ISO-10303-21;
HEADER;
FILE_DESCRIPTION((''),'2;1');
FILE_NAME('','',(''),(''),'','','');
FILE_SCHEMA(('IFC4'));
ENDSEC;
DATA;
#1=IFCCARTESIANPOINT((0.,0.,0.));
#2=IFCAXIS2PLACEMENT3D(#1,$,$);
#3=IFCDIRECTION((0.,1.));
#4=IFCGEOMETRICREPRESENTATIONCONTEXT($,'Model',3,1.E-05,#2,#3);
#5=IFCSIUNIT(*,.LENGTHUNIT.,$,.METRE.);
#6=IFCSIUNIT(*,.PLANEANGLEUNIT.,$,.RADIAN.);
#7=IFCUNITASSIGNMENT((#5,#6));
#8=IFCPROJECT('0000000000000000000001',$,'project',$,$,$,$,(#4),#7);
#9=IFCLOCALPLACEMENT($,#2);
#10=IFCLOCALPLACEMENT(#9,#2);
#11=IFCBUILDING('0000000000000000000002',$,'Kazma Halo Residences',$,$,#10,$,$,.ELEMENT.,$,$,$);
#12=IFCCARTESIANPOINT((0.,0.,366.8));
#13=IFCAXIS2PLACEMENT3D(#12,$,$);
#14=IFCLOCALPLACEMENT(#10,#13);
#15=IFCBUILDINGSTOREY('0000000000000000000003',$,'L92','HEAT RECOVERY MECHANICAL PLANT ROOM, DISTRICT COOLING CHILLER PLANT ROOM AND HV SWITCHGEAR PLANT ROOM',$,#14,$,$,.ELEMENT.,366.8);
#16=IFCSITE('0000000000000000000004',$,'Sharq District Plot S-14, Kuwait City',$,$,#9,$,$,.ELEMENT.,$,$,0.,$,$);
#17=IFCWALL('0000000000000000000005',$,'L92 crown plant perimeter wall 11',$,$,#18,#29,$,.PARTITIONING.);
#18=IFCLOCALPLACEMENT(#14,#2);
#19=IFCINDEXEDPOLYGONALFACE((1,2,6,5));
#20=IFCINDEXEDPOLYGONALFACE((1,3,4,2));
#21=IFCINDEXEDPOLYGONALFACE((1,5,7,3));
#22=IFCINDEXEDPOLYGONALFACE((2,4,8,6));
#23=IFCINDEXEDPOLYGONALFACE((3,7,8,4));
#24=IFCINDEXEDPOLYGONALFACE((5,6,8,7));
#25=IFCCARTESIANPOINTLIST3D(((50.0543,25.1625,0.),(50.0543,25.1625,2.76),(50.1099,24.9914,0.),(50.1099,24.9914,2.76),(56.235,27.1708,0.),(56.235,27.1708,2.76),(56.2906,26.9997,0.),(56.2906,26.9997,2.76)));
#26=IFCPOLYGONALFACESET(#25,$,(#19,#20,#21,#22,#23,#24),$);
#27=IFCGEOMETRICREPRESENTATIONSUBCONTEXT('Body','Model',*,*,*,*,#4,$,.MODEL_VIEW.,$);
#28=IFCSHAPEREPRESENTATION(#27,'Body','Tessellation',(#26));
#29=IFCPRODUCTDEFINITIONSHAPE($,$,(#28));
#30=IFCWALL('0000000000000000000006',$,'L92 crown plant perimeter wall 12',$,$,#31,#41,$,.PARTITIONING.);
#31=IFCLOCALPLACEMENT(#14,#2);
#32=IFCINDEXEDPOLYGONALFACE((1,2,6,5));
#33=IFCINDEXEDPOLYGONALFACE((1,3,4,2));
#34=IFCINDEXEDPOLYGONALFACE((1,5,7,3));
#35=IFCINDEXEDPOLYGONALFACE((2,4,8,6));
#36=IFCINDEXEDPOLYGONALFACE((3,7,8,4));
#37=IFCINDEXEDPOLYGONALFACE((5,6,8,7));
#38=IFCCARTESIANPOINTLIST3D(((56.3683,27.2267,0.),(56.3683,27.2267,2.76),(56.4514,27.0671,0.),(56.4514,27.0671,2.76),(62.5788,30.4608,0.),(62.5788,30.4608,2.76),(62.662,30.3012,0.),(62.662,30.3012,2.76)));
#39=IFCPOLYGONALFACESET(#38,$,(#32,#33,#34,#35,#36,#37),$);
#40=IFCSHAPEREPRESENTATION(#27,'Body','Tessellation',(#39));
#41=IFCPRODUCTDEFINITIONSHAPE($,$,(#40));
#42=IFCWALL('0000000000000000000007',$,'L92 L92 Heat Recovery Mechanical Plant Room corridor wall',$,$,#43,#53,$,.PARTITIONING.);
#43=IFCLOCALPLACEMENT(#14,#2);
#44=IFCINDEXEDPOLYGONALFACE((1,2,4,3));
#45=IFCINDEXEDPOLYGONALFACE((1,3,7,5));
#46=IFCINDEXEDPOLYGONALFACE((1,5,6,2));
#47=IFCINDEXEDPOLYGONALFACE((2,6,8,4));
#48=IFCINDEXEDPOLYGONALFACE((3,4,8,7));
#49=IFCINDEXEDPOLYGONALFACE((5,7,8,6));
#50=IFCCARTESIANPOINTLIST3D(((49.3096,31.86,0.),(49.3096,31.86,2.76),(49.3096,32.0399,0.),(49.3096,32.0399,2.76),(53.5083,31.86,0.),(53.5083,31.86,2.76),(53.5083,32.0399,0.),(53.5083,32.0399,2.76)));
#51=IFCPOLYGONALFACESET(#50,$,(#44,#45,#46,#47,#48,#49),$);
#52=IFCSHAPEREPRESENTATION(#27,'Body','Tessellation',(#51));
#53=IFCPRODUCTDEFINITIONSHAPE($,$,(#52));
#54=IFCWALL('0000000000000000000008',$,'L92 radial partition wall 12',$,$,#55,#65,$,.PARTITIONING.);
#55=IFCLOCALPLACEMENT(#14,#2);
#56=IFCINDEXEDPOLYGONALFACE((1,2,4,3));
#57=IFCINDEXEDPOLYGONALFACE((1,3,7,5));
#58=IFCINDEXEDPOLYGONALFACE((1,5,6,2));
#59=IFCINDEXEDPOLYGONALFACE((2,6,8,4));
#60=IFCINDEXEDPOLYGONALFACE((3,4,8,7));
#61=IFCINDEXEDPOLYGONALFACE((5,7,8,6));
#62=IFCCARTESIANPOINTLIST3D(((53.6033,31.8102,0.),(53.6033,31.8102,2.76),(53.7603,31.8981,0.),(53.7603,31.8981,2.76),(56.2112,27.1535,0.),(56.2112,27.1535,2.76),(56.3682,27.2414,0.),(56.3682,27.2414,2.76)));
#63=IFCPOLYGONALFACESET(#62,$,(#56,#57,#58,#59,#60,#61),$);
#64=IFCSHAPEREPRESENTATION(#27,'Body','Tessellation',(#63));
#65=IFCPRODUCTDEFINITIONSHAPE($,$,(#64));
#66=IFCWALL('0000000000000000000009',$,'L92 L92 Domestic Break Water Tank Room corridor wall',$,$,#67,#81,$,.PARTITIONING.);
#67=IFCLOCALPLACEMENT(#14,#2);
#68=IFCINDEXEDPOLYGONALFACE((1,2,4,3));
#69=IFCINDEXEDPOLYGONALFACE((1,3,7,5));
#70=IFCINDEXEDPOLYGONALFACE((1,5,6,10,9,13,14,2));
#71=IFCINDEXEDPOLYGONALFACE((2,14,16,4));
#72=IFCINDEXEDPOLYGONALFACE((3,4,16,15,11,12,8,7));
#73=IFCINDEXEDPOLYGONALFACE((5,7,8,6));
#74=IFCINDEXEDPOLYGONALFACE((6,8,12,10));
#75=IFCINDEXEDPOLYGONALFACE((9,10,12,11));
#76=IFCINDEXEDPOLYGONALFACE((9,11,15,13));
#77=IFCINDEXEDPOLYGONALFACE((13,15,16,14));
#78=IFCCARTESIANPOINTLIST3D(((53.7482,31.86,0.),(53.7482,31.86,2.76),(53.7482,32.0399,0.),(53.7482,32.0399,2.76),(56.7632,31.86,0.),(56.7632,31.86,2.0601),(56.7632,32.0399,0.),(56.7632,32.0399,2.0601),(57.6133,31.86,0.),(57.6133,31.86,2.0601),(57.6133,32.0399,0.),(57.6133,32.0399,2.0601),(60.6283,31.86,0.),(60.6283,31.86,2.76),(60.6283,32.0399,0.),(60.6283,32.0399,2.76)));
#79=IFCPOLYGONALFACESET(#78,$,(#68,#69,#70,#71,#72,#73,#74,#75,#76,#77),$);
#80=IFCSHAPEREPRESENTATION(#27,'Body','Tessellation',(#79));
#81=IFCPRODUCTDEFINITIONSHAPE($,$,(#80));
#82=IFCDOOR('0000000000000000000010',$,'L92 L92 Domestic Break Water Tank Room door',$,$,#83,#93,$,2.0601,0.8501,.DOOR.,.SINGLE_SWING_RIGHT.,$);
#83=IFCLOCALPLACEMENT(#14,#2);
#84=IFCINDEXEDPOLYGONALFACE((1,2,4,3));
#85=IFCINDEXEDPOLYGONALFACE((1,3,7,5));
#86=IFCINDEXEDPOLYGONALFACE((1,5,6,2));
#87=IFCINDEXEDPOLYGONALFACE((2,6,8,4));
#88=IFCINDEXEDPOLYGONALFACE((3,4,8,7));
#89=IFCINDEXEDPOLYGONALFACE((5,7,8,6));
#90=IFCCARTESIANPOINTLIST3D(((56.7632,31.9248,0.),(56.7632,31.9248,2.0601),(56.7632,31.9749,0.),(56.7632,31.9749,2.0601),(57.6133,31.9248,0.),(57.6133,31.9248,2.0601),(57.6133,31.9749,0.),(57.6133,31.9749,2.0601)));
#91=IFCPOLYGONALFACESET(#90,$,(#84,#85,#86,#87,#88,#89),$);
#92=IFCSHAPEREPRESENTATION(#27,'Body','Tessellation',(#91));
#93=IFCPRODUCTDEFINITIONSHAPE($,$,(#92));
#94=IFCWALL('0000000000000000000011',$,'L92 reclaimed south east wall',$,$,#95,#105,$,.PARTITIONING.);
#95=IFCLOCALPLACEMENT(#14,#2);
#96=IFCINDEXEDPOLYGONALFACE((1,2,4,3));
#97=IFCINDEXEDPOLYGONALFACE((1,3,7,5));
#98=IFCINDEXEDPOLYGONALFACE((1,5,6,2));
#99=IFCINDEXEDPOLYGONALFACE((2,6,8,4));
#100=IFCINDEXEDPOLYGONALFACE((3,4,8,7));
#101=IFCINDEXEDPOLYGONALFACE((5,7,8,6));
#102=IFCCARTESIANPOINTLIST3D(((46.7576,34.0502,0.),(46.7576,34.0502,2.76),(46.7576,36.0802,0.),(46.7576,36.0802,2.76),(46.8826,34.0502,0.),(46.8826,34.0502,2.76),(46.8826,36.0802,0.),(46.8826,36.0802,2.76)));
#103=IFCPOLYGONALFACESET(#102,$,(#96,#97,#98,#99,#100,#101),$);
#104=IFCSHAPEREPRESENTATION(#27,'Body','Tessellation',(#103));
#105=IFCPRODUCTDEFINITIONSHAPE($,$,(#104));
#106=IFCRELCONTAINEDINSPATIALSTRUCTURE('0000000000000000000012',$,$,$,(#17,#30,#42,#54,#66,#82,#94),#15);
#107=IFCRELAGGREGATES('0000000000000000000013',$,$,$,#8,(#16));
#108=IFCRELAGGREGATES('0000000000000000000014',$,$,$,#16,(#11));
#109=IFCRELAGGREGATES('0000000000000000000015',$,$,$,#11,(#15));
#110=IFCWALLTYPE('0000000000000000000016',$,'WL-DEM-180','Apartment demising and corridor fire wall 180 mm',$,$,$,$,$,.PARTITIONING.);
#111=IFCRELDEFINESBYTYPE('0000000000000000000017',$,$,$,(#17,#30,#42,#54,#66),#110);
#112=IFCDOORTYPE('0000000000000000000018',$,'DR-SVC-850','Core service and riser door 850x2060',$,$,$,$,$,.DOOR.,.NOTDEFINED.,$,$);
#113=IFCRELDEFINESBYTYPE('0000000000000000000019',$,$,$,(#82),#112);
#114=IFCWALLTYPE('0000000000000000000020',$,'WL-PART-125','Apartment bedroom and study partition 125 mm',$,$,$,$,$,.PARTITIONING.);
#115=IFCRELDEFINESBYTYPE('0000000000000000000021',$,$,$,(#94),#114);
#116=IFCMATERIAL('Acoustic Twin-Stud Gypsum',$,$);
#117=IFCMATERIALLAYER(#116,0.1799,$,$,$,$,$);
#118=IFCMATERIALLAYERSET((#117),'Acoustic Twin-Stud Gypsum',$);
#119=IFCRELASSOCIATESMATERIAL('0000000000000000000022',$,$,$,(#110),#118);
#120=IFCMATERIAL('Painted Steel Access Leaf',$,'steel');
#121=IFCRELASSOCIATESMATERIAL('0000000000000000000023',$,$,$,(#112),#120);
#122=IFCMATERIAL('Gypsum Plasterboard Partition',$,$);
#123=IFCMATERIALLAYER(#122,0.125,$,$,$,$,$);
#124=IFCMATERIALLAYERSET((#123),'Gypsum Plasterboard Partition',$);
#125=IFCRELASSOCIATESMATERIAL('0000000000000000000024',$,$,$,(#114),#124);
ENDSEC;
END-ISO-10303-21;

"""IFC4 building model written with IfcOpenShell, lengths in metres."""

from ifc_helpers import new_model, si_unit, direction, frame, frame_2d, origin, place, context, subcontext, project, spatial, rectangle, extrude, material, layer, layer_set, type_object, element, fill, save


model = new_model("IFC4")

# Units and contexts
model_context = context("Model", 3, precision=1e-05, world=origin(), true_north=direction((0.0, 1.0)))
body_context = subcontext(model_context, "Body", "Model", "MODEL_VIEW")
ifc_project = project(units=[si_unit("LENGTHUNIT", "METRE"), si_unit("PLANEANGLEUNIT", "RADIAN")], contexts=[model_context])

# Site, building, storey
site_placement = place(None, origin())
site = spatial("IfcSite", under=ifc_project, at=site_placement, Name="Sharq District Plot S-14, Kuwait City", CompositionType="ELEMENT", RefElevation=0.0)
building_placement = place(site_placement, origin())
building = spatial("IfcBuilding", under=site, at=building_placement, Name="Kazma Halo Residences", CompositionType="ELEMENT")
storey_placement = place(building_placement, frame((0.0, 0.0, 366.8)))
storey = spatial("IfcBuildingStorey", under=building, at=storey_placement, Name="L92", Description="HEAT RECOVERY MECHANICAL PLANT ROOM, DISTRICT COOLING CHILLER PLANT ROOM AND HV SWITCHGEAR PLANT ROOM", CompositionType="ELEMENT", Elevation=366.8)

# Walls
ifc_material_1 = material(Name="Acoustic Twin-Stud Gypsum")
ifc_layer_1 = layer(ifc_material_1, 0.1799)
ifc_layer_set_1 = layer_set([ifc_layer_1], Name="Acoustic Twin-Stud Gypsum")
wall_type_1 = type_object("IfcWallType", Name="WL-DEM-180", Description="Apartment demising and corridor fire wall 180 mm", PredefinedType="PARTITIONING", material=ifc_layer_set_1)
wall_1_placement = place(storey_placement, frame((50.082, 25.0769, 0.0), z_axis=(0.0, 0.0, 1.0), x_axis=(0.951053, 0.309028, 0.0)))
element("IfcWall", 1, at=wall_1_placement, inside=storey, type_object=wall_type_1, Name="L92 crown plant perimeter wall 11", PredefinedType="PARTITIONING", context=body_context, shape_type="SweptSolid", body=[
    extrude(rectangle(XDim=6.4988, YDim=0.1799, at=frame_2d((3.2495, 0.0))), origin(), (0.0, 0.0, 1.0), 2.76),
])
wall_2_placement = place(storey_placement, frame((56.4099, 27.147, 0.0), z_axis=(0.0, 0.0, 1.0), x_axis=(0.886949, 0.461866, 0.0)))
element("IfcWall", 2, at=wall_2_placement, inside=storey, type_object=wall_type_1, Name="L92 crown plant perimeter wall 12", PredefinedType="PARTITIONING", context=body_context, shape_type="SweptSolid", body=[
    extrude(rectangle(XDim=7.0022, YDim=0.1799, at=frame_2d((3.501, 0.0))), origin(), (0.0, 0.0, 1.0), 2.76),
])
wall_3_placement = place(storey_placement, frame((49.3096, 31.95, 0.0), z_axis=(0.0, 0.0, 1.0), x_axis=(1.0, 0.0, 0.0)))
element("IfcWall", 3, at=wall_3_placement, inside=storey, type_object=wall_type_1, Name="L92 L92 Heat Recovery Mechanical Plant Room corridor wall", PredefinedType="PARTITIONING", context=body_context, shape_type="SweptSolid", body=[
    extrude(rectangle(XDim=4.1987, YDim=0.1799, at=frame_2d((2.0994, 0.0))), origin(), (0.0, 0.0, 1.0), 2.76),
])
wall_4_placement = place(storey_placement, frame((53.6819, 31.854, 0.0), z_axis=(0.0, 0.0, 1.0), x_axis=(0.488623, -0.872495, 0.0)))
element("IfcWall", 4, at=wall_4_placement, inside=storey, type_object=wall_type_1, Name="L92 radial partition wall 12", PredefinedType="PARTITIONING", context=body_context, shape_type="SweptSolid", body=[
    extrude(rectangle(XDim=5.3372, YDim=0.1799, at=frame_2d((2.6685, 0.0))), origin(), (0.0, 0.0, 1.0), 2.76),
])

# Wall, opening, door
wall_5_placement = place(storey_placement, frame((53.7483, 31.95, 0.0), z_axis=(0.0, 0.0, 1.0), x_axis=(1.0, 0.0, 0.0)))
wall_5 = element("IfcWall", 5, at=wall_5_placement, inside=storey, type_object=wall_type_1, Name="L92 L92 Domestic Break Water Tank Room corridor wall", PredefinedType="PARTITIONING", context=body_context, shape_type="SweptSolid", body=[
    extrude(rectangle(XDim=6.8801, YDim=0.1799, at=frame_2d((3.4399, 0.0))), origin(), (0.0, 0.0, 1.0), 2.76),
])
opening_placement = place(wall_5_placement, frame((3.0149, 0.0, 0.0)))
opening = element("IfcOpeningElement", 6, at=opening_placement, cuts=wall_5, PredefinedType="OPENING", context=body_context, shape_type="SweptSolid", body=[
    extrude(rectangle(XDim=0.8501, YDim=2.0601, at=frame_2d((0.425, 1.03))), frame((0.0, 0.0999, 0.0), z_axis=(0.0, -1.0, 0.0), x_axis=(1.0, 0.0, 0.0)), (0.0, 0.0, 1.0), 0.2),
])
ifc_material_2 = material(Name="Painted Steel Access Leaf", Category="steel")
door_type = type_object("IfcDoorType", Name="DR-SVC-850", Description="Core service and riser door 850x2060", OperationType="NOTDEFINED", PredefinedType="DOOR", material=ifc_material_2)
door_placement = place(opening_placement, origin())
door = element("IfcDoor", 7, at=door_placement, inside=storey, type_object=door_type, Name="L92 L92 Domestic Break Water Tank Room door", OperationType="SINGLE_SWING_RIGHT", OverallHeight=2.0601, OverallWidth=0.8501, PredefinedType="DOOR", context=body_context, shape_type="SweptSolid", body=[
    extrude(rectangle(XDim=0.8501, YDim=2.0601, at=frame_2d((0.425, 1.03))), frame((0.0, 0.0249, 0.0), z_axis=(0.0, -1.0, 0.0), x_axis=(1.0, 0.0, 0.0)), (0.0, 0.0, 1.0), 0.05),
])
fill(opening, door)

# Wall
ifc_material_3 = material(Name="Gypsum Plasterboard Partition")
ifc_layer_2 = layer(ifc_material_3, 0.125)
ifc_layer_set_2 = layer_set([ifc_layer_2], Name="Gypsum Plasterboard Partition")
wall_type_2 = type_object("IfcWallType", Name="WL-PART-125", Description="Apartment bedroom and study partition 125 mm", PredefinedType="PARTITIONING", material=ifc_layer_set_2)
wall_6_placement = place(storey_placement, frame((46.8201, 34.05, 0.0), z_axis=(0.0, 0.0, 1.0), x_axis=(0.0, 1.0, 0.0)))
element("IfcWall", 8, at=wall_6_placement, inside=storey, type_object=wall_type_2, Name="L92 reclaimed south east wall", PredefinedType="PARTITIONING", context=body_context, shape_type="SweptSolid", body=[
    extrude(rectangle(XDim=2.03, YDim=0.125, at=frame_2d((1.0151, 0.0))), origin(), (0.0, 0.0, 1.0), 2.76),
])

save(model, "model.ifc")
